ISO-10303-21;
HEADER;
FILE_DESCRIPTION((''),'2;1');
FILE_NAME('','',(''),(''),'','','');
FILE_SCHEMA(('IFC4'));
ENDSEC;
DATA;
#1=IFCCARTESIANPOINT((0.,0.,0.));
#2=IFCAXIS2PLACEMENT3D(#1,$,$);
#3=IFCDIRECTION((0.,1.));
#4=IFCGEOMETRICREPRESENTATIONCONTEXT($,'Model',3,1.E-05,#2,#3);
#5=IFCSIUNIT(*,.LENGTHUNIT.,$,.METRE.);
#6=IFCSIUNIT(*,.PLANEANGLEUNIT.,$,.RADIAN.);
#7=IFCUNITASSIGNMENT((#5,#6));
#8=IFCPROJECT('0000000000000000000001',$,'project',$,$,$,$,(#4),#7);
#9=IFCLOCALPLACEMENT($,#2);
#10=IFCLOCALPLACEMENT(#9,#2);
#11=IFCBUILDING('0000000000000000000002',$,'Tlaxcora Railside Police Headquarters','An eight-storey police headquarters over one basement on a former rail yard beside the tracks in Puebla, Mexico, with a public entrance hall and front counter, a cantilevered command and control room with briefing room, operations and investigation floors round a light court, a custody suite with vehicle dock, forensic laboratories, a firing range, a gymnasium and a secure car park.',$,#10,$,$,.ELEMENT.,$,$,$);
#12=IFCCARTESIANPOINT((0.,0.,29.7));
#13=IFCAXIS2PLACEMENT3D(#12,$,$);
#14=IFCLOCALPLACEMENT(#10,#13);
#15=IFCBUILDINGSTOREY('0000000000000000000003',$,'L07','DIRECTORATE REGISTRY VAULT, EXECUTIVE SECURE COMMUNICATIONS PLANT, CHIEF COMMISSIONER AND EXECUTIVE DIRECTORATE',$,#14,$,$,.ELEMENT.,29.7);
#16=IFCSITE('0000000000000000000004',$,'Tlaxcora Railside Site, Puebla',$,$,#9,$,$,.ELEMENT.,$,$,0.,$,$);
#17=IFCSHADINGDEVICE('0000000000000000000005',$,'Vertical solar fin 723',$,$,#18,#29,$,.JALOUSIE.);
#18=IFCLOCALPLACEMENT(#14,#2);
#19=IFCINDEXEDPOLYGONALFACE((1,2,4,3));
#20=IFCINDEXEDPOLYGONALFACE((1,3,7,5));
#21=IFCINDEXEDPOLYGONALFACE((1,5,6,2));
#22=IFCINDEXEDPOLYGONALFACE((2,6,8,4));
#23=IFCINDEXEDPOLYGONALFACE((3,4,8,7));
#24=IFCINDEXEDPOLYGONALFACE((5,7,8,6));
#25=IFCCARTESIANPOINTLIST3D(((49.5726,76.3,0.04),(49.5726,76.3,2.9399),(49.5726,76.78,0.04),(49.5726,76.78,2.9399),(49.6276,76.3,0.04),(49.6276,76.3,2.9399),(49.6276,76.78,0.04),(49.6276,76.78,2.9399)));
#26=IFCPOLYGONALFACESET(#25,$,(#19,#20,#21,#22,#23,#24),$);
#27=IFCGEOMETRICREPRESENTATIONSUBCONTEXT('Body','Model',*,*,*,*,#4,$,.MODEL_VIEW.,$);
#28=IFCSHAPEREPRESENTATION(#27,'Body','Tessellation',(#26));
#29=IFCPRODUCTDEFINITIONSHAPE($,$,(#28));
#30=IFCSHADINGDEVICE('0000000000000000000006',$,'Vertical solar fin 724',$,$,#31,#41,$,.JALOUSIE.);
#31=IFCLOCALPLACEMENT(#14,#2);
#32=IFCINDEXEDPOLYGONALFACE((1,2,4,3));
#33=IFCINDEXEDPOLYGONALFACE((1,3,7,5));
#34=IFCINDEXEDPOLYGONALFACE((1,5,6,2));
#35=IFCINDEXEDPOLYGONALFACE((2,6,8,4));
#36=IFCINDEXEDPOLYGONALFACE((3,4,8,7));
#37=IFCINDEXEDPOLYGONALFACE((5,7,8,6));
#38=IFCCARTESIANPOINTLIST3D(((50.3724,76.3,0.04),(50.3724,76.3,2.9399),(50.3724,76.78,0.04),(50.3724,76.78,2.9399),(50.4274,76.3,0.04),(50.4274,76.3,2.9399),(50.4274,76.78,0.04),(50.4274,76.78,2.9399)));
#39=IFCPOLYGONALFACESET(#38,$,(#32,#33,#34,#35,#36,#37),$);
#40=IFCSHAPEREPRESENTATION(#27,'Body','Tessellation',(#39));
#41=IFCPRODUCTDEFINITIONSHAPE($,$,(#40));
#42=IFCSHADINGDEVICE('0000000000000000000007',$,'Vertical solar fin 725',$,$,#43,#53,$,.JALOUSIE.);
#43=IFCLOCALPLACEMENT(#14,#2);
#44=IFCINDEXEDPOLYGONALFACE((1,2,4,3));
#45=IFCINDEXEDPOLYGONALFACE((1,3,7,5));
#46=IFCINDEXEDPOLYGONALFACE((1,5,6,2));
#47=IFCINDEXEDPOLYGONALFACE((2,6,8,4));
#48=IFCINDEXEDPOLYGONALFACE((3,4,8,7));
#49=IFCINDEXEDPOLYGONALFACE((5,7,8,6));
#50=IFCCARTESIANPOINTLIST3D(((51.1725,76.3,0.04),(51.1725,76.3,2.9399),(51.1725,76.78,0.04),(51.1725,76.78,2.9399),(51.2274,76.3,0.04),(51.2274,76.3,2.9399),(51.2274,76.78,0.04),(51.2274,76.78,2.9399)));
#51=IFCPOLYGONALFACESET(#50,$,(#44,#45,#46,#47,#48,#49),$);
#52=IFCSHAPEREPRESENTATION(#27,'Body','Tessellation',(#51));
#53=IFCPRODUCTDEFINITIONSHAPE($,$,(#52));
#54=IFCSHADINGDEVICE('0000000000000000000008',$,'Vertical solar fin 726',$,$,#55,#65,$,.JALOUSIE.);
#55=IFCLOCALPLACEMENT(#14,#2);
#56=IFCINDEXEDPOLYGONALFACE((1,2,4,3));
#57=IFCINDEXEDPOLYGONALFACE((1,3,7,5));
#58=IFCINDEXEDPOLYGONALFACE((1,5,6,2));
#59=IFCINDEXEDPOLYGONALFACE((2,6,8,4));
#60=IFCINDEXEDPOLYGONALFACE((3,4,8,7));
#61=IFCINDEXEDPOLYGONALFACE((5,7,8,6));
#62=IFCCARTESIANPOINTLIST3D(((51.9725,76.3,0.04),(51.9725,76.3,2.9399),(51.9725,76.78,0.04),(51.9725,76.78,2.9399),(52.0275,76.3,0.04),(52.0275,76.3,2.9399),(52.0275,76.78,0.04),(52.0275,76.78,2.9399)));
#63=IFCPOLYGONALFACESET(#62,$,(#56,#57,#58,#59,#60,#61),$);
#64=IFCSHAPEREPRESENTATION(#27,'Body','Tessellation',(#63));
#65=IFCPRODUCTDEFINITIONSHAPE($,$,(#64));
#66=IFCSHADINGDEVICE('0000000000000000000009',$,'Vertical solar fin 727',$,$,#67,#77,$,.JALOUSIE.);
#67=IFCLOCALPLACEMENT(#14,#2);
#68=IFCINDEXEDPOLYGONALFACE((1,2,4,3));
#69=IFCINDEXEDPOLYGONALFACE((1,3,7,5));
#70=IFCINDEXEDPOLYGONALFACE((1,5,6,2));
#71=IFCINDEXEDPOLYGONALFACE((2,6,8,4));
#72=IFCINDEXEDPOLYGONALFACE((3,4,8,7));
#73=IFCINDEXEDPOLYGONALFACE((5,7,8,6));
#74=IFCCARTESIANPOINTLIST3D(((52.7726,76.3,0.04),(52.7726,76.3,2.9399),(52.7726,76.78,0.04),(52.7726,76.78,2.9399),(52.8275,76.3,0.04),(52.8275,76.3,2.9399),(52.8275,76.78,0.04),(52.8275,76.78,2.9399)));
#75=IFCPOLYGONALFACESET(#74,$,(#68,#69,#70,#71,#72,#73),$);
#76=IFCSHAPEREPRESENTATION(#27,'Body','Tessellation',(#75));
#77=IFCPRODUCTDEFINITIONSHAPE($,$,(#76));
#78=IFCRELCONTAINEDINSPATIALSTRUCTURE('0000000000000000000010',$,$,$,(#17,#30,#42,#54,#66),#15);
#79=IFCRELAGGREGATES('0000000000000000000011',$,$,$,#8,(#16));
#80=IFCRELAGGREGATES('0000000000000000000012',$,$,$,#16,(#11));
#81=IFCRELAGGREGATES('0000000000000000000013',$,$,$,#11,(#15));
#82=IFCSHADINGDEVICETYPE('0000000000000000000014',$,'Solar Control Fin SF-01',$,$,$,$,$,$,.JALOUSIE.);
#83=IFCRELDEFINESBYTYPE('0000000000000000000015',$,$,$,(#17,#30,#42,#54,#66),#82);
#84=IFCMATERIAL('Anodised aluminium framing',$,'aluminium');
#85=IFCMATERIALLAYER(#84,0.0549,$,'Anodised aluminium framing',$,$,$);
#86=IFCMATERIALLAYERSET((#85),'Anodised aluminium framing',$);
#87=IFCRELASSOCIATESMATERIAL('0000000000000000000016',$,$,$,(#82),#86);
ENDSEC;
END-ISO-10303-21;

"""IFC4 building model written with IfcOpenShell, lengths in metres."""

from ifc_helpers import new_model, si_unit, direction, frame, origin, origin_2d, place, context, subcontext, project, spatial, rectangle, extrude, material, layer, layer_set, type_object, element, save


model = new_model("IFC4")

# Units and contexts
model_context = context("Model", 3, precision=1e-05, world=origin(), true_north=direction((0.0, 1.0)))
body_context = subcontext(model_context, "Body", "Model", "MODEL_VIEW")
ifc_project = project(units=[si_unit("LENGTHUNIT", "METRE"), si_unit("PLANEANGLEUNIT", "RADIAN")], contexts=[model_context])

# Site, building, storey
site_placement = place(None, origin())
site = spatial("IfcSite", under=ifc_project, at=site_placement, Name="Tlaxcora Railside Site, Puebla", CompositionType="ELEMENT", RefElevation=0.0)
building_placement = place(site_placement, origin())
building = spatial("IfcBuilding", under=site, at=building_placement, Name="Tlaxcora Railside Police Headquarters", Description="An eight-storey police headquarters over one basement on a former rail yard beside the tracks in Puebla, Mexico, with a public entrance hall and front counter, a cantilevered command and control room with briefing room, operations and investigation floors round a light court, a custody suite with vehicle dock, forensic laboratories, a firing range, a gymnasium and a secure car park.", CompositionType="ELEMENT")
storey_placement = place(building_placement, frame((0.0, 0.0, 29.7)))
storey = spatial("IfcBuildingStorey", under=building, at=storey_placement, Name="L07", Description="DIRECTORATE REGISTRY VAULT, EXECUTIVE SECURE COMMUNICATIONS PLANT, CHIEF COMMISSIONER AND EXECUTIVE DIRECTORATE", CompositionType="ELEMENT", Elevation=29.7)

# Shared definitions
ifc_material_1 = material(Name="Anodised aluminium framing", Category="aluminium")

# Shading devices
ifc_layer_1 = layer(ifc_material_1, 0.0549, Name="Anodised aluminium framing")
ifc_layer_set_1 = layer_set([ifc_layer_1], Name="Anodised aluminium framing")
shading_device_type = type_object("IfcShadingDeviceType", Name="Solar Control Fin SF-01", PredefinedType="JALOUSIE", material=ifc_layer_set_1)
for number, where, z_axis, x_axis, name in (
    (1, (49.6001, 76.54, 0.04), (0.0, 0.0, 1.0), (0.0, -1.0, 0.0), "Vertical solar fin 723"),
    (2, (50.3999, 76.54, 0.04), (0.0, 0.0, 1.0), (0.0, -1.0, 0.0), "Vertical solar fin 724"),
    (3, (51.2, 76.54, 0.04), (0.0, 0.0, 1.0), (0.0, -1.0, 0.0), "Vertical solar fin 725"),
    (4, (52.0, 76.54, 0.04), (0.0, 0.0, 1.0), (0.0, -1.0, 0.0), "Vertical solar fin 726"),
    (5, (52.8, 76.54, 0.04), (0.0, 0.0, 1.0), (0.0, -1.0, 0.0), "Vertical solar fin 727"),
):
    element("IfcShadingDevice", number, at=place(storey_placement, frame(where, z_axis=z_axis, x_axis=x_axis)), inside=storey, type_object=shading_device_type, Name=name, PredefinedType="JALOUSIE", context=body_context, shape_type="SweptSolid", body=[
        extrude(rectangle(XDim=0.48, YDim=0.0549, at=origin_2d()), origin(), (0.0, 0.0, 1.0), 2.8999),
    ])

save(model, "model.ifc")
